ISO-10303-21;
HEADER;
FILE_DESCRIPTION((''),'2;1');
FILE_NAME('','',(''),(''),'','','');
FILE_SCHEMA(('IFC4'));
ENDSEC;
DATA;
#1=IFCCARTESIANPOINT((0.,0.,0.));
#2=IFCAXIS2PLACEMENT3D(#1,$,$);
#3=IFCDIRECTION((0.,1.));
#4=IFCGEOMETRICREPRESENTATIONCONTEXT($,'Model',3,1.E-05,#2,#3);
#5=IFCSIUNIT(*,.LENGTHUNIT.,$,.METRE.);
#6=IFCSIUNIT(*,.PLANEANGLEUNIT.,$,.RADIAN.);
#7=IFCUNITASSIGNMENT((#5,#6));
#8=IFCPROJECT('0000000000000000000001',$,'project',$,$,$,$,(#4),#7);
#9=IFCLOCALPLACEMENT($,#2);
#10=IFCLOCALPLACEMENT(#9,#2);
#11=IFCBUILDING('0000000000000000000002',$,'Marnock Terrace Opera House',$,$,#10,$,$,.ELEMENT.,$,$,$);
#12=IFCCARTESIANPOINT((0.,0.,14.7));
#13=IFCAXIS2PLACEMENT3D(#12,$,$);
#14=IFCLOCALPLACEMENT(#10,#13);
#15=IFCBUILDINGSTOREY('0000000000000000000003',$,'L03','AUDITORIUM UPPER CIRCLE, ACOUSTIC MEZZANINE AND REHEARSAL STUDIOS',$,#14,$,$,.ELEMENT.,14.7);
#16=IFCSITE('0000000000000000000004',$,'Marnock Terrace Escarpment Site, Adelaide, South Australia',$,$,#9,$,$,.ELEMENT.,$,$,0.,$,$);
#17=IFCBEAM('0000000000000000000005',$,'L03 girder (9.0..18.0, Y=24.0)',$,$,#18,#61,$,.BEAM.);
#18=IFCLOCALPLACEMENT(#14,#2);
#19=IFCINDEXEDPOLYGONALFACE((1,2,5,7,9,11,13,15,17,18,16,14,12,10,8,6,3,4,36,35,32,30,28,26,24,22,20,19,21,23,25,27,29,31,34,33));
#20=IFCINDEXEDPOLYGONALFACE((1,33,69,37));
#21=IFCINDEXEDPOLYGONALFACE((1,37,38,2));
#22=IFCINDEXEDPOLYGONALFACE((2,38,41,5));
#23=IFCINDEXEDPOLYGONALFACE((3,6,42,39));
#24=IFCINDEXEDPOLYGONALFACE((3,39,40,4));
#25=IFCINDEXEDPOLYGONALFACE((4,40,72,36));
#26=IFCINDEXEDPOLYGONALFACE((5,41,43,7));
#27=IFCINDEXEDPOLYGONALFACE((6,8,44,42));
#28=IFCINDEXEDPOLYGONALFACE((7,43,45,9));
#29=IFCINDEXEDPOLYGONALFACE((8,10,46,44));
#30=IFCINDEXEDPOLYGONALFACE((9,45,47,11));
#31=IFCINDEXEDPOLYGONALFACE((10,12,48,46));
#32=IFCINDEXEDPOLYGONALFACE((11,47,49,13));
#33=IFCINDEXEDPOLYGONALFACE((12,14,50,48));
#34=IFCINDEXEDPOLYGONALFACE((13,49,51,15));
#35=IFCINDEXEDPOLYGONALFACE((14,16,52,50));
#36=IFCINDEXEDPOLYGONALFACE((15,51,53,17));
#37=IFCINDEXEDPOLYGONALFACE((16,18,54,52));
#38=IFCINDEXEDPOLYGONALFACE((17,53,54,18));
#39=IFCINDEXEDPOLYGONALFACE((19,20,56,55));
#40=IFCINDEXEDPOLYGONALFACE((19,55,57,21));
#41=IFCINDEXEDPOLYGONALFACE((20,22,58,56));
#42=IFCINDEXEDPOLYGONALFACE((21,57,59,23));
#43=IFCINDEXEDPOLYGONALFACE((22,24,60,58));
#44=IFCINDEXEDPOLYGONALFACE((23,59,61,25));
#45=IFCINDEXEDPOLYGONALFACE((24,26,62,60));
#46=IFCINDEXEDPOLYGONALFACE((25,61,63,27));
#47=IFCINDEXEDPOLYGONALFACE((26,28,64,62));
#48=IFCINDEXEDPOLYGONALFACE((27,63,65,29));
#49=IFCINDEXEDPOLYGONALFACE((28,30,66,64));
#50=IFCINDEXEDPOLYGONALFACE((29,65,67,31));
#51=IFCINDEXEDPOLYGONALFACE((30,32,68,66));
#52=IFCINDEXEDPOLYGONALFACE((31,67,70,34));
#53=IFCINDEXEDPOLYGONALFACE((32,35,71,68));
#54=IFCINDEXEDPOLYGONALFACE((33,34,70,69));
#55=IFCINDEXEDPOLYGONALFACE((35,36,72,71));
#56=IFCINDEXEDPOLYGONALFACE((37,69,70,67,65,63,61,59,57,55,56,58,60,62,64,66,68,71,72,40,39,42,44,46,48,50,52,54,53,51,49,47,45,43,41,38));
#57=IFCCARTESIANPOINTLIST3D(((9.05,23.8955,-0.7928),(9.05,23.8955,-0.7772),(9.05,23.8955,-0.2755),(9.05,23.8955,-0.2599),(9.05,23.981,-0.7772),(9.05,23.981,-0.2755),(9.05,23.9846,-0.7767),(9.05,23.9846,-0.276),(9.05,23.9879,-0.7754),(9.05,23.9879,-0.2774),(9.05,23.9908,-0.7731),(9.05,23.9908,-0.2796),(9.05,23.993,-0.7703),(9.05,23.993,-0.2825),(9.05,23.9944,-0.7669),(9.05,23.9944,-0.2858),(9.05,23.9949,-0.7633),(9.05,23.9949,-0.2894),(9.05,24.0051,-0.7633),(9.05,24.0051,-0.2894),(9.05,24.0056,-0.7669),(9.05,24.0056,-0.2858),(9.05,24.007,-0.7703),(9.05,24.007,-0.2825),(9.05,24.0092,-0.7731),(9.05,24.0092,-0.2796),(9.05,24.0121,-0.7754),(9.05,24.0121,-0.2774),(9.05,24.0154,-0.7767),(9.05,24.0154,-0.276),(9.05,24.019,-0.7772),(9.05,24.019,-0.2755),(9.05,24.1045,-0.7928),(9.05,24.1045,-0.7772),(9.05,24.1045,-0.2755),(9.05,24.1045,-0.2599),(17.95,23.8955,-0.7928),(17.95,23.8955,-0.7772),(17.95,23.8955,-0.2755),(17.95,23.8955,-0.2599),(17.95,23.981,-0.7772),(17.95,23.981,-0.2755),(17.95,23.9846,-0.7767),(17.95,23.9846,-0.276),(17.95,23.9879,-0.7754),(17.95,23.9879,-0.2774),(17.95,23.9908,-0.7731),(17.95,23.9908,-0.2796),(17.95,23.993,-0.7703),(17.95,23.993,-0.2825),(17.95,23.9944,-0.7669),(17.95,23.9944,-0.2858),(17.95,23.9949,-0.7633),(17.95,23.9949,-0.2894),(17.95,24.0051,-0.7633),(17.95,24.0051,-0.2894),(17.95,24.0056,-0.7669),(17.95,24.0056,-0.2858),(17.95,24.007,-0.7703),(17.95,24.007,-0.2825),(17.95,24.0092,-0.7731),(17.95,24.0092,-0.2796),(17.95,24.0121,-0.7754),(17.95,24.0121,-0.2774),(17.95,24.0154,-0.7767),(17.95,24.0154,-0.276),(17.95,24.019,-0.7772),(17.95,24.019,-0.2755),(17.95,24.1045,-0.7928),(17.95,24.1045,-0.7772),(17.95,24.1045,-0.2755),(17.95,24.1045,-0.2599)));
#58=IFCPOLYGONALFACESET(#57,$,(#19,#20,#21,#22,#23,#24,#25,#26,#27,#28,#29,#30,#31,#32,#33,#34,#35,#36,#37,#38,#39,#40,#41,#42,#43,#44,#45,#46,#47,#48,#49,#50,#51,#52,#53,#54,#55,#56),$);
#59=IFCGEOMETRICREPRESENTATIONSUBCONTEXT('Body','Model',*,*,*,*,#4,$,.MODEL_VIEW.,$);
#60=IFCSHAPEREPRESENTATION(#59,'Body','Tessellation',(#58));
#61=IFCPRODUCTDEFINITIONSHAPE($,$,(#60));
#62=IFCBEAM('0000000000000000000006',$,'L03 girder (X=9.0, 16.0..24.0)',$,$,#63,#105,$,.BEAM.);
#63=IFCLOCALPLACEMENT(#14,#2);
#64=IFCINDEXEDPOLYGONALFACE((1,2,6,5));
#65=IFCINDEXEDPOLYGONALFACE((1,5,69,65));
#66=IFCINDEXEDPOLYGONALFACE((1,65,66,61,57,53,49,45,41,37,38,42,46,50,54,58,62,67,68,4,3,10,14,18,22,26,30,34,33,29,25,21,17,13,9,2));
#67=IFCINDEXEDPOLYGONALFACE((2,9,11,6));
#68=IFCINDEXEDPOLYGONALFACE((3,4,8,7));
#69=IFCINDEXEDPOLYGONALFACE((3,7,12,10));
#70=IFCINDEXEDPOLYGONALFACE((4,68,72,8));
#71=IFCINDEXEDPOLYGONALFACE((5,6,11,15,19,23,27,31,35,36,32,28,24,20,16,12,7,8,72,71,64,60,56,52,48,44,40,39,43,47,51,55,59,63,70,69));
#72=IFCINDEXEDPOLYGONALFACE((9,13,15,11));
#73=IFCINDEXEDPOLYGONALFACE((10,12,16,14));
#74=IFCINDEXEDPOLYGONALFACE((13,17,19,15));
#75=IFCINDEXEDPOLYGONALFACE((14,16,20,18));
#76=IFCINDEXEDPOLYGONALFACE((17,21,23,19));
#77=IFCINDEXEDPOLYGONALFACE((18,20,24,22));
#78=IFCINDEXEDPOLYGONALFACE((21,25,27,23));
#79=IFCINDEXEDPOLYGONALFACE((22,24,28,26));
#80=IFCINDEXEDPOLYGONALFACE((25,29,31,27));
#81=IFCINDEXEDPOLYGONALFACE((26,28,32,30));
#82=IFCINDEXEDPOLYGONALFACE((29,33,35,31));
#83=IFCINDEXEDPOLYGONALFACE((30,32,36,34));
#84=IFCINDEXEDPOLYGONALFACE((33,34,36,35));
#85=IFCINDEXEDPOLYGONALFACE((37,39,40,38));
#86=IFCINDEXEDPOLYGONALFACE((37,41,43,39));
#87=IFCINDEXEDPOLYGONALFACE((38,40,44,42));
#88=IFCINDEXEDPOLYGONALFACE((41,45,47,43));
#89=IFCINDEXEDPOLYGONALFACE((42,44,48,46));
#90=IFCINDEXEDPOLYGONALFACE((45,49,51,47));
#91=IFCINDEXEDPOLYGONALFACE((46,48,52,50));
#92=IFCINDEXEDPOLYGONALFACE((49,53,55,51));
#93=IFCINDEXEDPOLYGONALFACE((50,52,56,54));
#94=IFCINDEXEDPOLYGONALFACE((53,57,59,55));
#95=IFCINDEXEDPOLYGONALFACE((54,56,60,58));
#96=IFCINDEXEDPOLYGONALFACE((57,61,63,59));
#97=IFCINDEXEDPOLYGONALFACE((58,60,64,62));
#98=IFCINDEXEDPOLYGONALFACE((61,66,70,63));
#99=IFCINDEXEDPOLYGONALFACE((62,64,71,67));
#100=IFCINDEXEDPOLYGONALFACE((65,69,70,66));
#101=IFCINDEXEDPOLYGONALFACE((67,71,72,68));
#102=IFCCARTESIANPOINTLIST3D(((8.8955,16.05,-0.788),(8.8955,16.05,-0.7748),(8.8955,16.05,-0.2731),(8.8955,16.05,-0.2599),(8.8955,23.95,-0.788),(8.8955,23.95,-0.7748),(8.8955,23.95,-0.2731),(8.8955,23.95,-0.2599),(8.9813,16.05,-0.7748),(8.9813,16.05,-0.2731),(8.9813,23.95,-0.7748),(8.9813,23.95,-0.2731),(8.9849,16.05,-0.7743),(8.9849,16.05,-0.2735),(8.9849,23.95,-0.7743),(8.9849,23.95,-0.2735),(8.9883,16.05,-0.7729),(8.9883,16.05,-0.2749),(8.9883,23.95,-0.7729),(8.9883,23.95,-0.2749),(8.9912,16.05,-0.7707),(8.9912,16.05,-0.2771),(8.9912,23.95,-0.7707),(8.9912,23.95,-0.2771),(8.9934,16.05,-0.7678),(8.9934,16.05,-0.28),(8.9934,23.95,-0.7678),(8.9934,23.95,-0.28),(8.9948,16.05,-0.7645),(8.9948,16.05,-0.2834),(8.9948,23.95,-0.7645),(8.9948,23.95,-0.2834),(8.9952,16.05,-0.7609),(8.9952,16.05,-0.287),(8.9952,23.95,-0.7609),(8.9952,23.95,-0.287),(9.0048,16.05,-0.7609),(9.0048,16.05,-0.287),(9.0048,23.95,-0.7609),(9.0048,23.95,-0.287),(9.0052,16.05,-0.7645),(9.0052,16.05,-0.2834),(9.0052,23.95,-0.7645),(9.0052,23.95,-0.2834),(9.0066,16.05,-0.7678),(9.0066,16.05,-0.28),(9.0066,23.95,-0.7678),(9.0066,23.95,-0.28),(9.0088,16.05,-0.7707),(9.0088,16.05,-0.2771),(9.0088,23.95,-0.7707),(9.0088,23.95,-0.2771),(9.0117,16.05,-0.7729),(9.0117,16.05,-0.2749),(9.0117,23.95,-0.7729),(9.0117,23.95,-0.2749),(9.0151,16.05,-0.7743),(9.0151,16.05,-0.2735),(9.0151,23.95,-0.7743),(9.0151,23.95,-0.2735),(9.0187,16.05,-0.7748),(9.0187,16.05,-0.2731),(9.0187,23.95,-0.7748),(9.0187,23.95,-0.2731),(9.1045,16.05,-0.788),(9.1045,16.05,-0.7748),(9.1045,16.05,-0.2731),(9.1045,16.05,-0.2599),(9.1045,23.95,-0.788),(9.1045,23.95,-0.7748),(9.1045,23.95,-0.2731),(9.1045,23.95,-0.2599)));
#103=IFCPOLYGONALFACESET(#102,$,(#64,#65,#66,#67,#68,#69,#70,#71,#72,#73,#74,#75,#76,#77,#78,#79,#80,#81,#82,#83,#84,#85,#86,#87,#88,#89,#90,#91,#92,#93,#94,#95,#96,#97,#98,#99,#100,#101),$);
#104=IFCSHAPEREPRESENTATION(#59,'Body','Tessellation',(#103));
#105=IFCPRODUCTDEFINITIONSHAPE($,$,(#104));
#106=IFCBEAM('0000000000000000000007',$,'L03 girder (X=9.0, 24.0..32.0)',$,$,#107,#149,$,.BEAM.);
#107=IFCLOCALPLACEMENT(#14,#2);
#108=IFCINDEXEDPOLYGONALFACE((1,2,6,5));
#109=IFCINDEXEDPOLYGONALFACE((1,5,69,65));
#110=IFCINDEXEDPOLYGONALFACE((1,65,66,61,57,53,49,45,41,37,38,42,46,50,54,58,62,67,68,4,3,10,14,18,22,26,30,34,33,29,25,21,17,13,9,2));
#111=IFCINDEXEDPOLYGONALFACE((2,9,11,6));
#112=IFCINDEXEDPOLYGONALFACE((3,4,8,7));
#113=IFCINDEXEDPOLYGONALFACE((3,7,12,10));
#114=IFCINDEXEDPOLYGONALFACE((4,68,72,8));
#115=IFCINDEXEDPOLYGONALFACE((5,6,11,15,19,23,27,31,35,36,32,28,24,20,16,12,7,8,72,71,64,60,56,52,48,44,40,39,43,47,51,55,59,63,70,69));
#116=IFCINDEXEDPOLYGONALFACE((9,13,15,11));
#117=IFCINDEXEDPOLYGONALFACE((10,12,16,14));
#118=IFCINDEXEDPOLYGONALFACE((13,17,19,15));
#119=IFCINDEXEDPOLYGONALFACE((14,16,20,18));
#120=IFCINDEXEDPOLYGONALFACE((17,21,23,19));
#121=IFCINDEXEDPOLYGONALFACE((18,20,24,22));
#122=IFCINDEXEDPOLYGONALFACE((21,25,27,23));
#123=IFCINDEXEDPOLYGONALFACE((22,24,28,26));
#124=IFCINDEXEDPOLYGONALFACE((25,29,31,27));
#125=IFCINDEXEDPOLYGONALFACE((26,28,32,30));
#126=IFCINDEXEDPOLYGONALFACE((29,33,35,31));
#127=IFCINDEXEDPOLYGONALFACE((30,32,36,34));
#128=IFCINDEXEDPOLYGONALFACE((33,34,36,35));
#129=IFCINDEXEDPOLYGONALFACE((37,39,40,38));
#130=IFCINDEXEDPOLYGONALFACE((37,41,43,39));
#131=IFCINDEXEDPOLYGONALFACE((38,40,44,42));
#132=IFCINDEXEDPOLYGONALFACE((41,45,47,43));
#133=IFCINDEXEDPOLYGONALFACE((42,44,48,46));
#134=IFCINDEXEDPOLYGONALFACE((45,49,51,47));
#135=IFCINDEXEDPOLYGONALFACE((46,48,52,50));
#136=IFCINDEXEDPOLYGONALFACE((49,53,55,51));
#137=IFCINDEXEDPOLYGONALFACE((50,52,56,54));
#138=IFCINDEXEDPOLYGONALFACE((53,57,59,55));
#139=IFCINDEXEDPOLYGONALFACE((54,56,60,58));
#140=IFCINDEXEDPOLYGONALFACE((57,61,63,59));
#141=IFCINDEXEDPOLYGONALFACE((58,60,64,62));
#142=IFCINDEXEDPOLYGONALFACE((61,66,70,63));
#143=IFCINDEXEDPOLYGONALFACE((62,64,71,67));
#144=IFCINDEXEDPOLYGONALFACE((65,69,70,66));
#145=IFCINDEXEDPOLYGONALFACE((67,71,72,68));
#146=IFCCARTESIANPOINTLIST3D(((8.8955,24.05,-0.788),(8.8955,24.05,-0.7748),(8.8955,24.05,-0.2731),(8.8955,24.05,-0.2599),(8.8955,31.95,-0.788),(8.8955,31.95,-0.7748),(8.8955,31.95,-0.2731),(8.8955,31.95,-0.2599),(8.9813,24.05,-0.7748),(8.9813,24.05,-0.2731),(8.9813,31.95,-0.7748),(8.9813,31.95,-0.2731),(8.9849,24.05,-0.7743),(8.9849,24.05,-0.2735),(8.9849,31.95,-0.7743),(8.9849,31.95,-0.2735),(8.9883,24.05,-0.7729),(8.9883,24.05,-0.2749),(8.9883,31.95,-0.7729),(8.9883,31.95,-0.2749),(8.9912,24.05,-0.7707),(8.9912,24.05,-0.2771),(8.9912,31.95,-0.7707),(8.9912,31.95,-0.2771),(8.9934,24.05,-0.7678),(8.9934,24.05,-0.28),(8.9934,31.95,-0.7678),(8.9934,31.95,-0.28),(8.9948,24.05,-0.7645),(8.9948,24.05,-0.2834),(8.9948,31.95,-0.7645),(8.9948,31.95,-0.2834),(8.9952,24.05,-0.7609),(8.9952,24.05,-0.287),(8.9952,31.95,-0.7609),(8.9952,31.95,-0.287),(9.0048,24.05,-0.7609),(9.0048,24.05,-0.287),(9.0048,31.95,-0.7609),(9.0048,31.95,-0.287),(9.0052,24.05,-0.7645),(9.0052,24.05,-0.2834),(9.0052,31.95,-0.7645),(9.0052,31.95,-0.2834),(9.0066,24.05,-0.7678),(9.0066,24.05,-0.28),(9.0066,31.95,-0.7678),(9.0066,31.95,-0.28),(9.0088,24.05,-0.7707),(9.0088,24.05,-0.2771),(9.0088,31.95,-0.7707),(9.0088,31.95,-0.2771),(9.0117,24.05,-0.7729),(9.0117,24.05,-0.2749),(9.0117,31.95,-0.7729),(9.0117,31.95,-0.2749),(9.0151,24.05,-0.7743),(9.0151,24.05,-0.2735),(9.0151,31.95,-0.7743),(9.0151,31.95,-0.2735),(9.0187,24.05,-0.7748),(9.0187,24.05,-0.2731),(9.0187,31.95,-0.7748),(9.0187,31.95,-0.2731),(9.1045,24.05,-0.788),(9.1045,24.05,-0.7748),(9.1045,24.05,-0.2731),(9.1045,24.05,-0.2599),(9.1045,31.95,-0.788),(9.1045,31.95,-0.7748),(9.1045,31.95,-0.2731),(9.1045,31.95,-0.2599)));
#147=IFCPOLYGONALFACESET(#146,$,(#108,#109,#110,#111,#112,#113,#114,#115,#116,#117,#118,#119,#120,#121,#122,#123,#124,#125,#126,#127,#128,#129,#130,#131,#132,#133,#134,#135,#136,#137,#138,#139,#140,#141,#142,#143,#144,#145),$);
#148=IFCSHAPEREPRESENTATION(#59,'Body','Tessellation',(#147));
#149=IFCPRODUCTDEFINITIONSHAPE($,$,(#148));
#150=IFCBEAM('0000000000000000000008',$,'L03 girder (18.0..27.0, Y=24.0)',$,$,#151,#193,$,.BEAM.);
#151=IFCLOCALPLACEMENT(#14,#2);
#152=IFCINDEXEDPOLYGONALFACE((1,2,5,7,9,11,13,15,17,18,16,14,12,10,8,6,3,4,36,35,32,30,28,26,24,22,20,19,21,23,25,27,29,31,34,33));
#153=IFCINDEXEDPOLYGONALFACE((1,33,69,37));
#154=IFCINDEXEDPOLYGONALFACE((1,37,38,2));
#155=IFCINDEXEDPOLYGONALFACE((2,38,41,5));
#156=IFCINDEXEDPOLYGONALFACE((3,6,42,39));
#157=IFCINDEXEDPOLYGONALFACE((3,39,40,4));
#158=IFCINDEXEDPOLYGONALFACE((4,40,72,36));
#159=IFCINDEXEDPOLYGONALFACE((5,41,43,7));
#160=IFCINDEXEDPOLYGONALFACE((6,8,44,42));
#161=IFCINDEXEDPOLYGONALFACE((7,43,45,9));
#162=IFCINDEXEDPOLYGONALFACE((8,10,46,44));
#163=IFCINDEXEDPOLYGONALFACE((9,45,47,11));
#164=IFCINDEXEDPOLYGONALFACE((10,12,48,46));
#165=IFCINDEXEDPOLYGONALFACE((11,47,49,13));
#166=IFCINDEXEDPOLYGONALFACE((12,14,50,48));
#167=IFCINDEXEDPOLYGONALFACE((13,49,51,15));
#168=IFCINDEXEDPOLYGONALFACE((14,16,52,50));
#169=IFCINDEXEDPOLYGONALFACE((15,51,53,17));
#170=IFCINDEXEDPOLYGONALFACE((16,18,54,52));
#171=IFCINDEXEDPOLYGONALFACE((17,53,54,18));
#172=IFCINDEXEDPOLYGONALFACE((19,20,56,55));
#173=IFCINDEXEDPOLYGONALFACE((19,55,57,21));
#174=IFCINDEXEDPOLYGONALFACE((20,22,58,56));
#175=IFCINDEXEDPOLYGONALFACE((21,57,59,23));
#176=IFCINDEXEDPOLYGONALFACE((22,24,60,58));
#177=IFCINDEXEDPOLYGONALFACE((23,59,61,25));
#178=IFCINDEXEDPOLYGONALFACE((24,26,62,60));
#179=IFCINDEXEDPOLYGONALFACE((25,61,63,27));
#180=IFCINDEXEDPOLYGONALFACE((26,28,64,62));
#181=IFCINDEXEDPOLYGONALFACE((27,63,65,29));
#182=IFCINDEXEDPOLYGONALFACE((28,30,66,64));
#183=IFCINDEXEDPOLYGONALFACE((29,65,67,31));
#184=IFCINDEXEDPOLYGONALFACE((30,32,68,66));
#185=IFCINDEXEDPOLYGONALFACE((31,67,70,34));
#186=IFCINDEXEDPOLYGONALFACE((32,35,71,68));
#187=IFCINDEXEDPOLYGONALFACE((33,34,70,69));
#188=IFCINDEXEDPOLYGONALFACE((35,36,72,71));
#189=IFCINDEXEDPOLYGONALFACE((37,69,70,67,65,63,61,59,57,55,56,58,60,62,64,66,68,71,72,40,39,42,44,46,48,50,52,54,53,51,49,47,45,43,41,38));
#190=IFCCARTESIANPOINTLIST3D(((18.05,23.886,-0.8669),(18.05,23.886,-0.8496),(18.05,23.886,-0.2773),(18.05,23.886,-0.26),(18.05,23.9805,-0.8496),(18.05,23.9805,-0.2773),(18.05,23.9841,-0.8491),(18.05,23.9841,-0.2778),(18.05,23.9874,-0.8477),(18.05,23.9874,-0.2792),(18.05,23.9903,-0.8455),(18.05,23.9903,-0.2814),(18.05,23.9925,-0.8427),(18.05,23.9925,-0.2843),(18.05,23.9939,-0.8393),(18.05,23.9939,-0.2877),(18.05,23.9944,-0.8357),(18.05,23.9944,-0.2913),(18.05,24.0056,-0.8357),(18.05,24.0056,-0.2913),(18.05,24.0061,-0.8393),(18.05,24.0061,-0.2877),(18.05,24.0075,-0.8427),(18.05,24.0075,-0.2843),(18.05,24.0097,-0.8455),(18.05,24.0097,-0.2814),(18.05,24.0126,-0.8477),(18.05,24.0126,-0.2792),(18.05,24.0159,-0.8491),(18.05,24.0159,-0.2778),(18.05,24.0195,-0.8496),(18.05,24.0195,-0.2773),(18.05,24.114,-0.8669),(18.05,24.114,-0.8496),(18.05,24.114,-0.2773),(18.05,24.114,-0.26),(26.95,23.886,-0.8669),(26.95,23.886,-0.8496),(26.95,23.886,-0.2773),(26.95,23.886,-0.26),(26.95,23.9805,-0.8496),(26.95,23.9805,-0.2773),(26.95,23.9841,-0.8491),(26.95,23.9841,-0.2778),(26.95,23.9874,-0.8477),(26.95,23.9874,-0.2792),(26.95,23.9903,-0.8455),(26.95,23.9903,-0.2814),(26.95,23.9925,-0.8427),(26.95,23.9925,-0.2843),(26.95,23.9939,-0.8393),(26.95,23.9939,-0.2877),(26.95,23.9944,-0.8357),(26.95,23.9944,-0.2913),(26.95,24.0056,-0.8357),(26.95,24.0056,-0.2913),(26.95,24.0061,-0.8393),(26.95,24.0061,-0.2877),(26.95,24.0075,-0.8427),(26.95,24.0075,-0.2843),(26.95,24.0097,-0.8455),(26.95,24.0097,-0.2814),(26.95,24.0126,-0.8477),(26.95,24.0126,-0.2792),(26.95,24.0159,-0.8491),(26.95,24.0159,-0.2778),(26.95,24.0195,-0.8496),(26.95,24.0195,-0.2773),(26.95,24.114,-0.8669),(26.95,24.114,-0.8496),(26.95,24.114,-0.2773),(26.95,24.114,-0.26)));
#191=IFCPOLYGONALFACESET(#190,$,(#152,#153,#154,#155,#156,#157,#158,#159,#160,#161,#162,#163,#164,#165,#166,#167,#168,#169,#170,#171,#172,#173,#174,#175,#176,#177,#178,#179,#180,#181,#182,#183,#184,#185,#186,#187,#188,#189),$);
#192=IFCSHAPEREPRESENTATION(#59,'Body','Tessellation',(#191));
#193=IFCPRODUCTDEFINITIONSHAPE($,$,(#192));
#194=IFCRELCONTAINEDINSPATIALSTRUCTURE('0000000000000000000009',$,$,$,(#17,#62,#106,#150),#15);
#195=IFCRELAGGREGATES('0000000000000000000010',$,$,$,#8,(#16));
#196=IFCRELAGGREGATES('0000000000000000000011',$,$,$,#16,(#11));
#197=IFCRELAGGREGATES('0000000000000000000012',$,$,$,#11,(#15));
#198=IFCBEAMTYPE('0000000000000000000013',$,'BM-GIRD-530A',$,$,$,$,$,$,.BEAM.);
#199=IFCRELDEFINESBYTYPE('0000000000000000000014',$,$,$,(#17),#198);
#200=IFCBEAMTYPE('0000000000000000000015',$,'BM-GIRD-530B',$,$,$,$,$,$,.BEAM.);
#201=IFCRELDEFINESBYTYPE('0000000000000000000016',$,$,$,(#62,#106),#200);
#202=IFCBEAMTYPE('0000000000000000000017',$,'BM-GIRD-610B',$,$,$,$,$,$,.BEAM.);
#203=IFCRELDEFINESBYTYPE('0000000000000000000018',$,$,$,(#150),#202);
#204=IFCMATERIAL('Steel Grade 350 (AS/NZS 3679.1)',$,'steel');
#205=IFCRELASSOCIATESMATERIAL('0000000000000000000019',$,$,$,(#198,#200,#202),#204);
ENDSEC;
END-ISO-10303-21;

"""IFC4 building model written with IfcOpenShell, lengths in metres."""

from ifc_helpers import new_model, si_unit, direction, frame, origin, origin_2d, place, context, subcontext, project, spatial, i_section, extrude, material, material_profile, profile_set, type_object, element, save


model = new_model("IFC4")

# Units and contexts
model_context = context("Model", 3, precision=1e-05, world=origin(), true_north=direction((0.0, 1.0)))
body_context = subcontext(model_context, "Body", "Model", "MODEL_VIEW")
ifc_project = project(units=[si_unit("LENGTHUNIT", "METRE"), si_unit("PLANEANGLEUNIT", "RADIAN")], contexts=[model_context])

# Site, building, storey
site_placement = place(None, origin())
site = spatial("IfcSite", under=ifc_project, at=site_placement, Name="Marnock Terrace Escarpment Site, Adelaide, South Australia", CompositionType="ELEMENT", RefElevation=0.0)
building_placement = place(site_placement, origin())
building = spatial("IfcBuilding", under=site, at=building_placement, Name="Marnock Terrace Opera House", CompositionType="ELEMENT")
storey_placement = place(building_placement, frame((0.0, 0.0, 14.7)))
storey = spatial("IfcBuildingStorey", under=building, at=storey_placement, Name="L03", Description="AUDITORIUM UPPER CIRCLE, ACOUSTIC MEZZANINE AND REHEARSAL STUDIOS", CompositionType="ELEMENT", Elevation=14.7)

# Shared definitions
ifc_material_1 = material(Name="Steel Grade 350 (AS/NZS 3679.1)", Category="steel")

# Beams
ifc_material_profile_1 = material_profile(ifc_material_1, i_section(OverallWidth=0.209, OverallDepth=0.533, WebThickness=0.0103, FlangeThickness=0.0156, FilletRadius=0.0139, at=origin_2d()))
ifc_profile_set_1 = profile_set([ifc_material_profile_1], Name="Steel Grade 350 (AS/NZS 3679.1)")
beam_type_1 = type_object("IfcBeamType", Name="BM-GIRD-530A", PredefinedType="BEAM", material=ifc_profile_set_1)
beam_1_placement = place(storey_placement, frame((9.05, 24.0, -0.5264), z_axis=(1.0, 0.0, 0.0), x_axis=(0.0, 1.0, 0.0)))
element("IfcBeam", 1, at=beam_1_placement, inside=storey, type_object=beam_type_1, Name="L03 girder (9.0..18.0, Y=24.0)", PredefinedType="BEAM", context=body_context, shape_type="SweptSolid", body=[
    extrude(i_section(OverallWidth=0.209, OverallDepth=0.533, WebThickness=0.0103, FlangeThickness=0.0156, FilletRadius=0.0139, at=origin_2d()), origin(), (0.0, 0.0, 1.0), 8.8999),
])
ifc_material_profile_2 = material_profile(ifc_material_1, i_section(OverallWidth=0.209, OverallDepth=0.5281, WebThickness=0.0095, FlangeThickness=0.0132, FilletRadius=0.0139, at=origin_2d()))
ifc_profile_set_2 = profile_set([ifc_material_profile_2], Name="Steel Grade 350 (AS/NZS 3679.1)")
beam_type_2 = type_object("IfcBeamType", Name="BM-GIRD-530B", PredefinedType="BEAM", material=ifc_profile_set_2)
for number, where, z_axis, x_axis, name in (
    (2, (9.0, 16.05, -0.5239), (0.0, 1.0, 0.0), (-1.0, 0.0, 0.0), "L03 girder (X=9.0, 16.0..24.0)"),
    (3, (9.0, 24.05, -0.5239), (0.0, 1.0, 0.0), (-1.0, 0.0, 0.0), "L03 girder (X=9.0, 24.0..32.0)"),
):
    element("IfcBeam", number, at=place(storey_placement, frame(where, z_axis=z_axis, x_axis=x_axis)), inside=storey, type_object=beam_type_2, Name=name, PredefinedType="BEAM", context=body_context, shape_type="SweptSolid", body=[
        extrude(i_section(OverallWidth=0.209, OverallDepth=0.5281, WebThickness=0.0095, FlangeThickness=0.0132, FilletRadius=0.0139, at=origin_2d()), origin(), (0.0, 0.0, 1.0), 7.8999),
    ])
ifc_material_profile_3 = material_profile(ifc_material_1, i_section(OverallWidth=0.228, OverallDepth=0.6069, WebThickness=0.0112, FlangeThickness=0.0173, FilletRadius=0.0139, at=origin_2d()))
ifc_profile_set_3 = profile_set([ifc_material_profile_3], Name="Steel Grade 350 (AS/NZS 3679.1)")
beam_type_3 = type_object("IfcBeamType", Name="BM-GIRD-610B", PredefinedType="BEAM", material=ifc_profile_set_3)
beam_2_placement = place(storey_placement, frame((18.05, 24.0, -0.5635), z_axis=(1.0, 0.0, 0.0), x_axis=(0.0, 1.0, 0.0)))
element("IfcBeam", 4, at=beam_2_placement, inside=storey, type_object=beam_type_3, Name="L03 girder (18.0..27.0, Y=24.0)", PredefinedType="BEAM", context=body_context, shape_type="SweptSolid", body=[
    extrude(i_section(OverallWidth=0.228, OverallDepth=0.6069, WebThickness=0.0112, FlangeThickness=0.0173, FilletRadius=0.0139, at=origin_2d()), origin(), (0.0, 0.0, 1.0), 8.8999),
])

save(model, "model.ifc")
